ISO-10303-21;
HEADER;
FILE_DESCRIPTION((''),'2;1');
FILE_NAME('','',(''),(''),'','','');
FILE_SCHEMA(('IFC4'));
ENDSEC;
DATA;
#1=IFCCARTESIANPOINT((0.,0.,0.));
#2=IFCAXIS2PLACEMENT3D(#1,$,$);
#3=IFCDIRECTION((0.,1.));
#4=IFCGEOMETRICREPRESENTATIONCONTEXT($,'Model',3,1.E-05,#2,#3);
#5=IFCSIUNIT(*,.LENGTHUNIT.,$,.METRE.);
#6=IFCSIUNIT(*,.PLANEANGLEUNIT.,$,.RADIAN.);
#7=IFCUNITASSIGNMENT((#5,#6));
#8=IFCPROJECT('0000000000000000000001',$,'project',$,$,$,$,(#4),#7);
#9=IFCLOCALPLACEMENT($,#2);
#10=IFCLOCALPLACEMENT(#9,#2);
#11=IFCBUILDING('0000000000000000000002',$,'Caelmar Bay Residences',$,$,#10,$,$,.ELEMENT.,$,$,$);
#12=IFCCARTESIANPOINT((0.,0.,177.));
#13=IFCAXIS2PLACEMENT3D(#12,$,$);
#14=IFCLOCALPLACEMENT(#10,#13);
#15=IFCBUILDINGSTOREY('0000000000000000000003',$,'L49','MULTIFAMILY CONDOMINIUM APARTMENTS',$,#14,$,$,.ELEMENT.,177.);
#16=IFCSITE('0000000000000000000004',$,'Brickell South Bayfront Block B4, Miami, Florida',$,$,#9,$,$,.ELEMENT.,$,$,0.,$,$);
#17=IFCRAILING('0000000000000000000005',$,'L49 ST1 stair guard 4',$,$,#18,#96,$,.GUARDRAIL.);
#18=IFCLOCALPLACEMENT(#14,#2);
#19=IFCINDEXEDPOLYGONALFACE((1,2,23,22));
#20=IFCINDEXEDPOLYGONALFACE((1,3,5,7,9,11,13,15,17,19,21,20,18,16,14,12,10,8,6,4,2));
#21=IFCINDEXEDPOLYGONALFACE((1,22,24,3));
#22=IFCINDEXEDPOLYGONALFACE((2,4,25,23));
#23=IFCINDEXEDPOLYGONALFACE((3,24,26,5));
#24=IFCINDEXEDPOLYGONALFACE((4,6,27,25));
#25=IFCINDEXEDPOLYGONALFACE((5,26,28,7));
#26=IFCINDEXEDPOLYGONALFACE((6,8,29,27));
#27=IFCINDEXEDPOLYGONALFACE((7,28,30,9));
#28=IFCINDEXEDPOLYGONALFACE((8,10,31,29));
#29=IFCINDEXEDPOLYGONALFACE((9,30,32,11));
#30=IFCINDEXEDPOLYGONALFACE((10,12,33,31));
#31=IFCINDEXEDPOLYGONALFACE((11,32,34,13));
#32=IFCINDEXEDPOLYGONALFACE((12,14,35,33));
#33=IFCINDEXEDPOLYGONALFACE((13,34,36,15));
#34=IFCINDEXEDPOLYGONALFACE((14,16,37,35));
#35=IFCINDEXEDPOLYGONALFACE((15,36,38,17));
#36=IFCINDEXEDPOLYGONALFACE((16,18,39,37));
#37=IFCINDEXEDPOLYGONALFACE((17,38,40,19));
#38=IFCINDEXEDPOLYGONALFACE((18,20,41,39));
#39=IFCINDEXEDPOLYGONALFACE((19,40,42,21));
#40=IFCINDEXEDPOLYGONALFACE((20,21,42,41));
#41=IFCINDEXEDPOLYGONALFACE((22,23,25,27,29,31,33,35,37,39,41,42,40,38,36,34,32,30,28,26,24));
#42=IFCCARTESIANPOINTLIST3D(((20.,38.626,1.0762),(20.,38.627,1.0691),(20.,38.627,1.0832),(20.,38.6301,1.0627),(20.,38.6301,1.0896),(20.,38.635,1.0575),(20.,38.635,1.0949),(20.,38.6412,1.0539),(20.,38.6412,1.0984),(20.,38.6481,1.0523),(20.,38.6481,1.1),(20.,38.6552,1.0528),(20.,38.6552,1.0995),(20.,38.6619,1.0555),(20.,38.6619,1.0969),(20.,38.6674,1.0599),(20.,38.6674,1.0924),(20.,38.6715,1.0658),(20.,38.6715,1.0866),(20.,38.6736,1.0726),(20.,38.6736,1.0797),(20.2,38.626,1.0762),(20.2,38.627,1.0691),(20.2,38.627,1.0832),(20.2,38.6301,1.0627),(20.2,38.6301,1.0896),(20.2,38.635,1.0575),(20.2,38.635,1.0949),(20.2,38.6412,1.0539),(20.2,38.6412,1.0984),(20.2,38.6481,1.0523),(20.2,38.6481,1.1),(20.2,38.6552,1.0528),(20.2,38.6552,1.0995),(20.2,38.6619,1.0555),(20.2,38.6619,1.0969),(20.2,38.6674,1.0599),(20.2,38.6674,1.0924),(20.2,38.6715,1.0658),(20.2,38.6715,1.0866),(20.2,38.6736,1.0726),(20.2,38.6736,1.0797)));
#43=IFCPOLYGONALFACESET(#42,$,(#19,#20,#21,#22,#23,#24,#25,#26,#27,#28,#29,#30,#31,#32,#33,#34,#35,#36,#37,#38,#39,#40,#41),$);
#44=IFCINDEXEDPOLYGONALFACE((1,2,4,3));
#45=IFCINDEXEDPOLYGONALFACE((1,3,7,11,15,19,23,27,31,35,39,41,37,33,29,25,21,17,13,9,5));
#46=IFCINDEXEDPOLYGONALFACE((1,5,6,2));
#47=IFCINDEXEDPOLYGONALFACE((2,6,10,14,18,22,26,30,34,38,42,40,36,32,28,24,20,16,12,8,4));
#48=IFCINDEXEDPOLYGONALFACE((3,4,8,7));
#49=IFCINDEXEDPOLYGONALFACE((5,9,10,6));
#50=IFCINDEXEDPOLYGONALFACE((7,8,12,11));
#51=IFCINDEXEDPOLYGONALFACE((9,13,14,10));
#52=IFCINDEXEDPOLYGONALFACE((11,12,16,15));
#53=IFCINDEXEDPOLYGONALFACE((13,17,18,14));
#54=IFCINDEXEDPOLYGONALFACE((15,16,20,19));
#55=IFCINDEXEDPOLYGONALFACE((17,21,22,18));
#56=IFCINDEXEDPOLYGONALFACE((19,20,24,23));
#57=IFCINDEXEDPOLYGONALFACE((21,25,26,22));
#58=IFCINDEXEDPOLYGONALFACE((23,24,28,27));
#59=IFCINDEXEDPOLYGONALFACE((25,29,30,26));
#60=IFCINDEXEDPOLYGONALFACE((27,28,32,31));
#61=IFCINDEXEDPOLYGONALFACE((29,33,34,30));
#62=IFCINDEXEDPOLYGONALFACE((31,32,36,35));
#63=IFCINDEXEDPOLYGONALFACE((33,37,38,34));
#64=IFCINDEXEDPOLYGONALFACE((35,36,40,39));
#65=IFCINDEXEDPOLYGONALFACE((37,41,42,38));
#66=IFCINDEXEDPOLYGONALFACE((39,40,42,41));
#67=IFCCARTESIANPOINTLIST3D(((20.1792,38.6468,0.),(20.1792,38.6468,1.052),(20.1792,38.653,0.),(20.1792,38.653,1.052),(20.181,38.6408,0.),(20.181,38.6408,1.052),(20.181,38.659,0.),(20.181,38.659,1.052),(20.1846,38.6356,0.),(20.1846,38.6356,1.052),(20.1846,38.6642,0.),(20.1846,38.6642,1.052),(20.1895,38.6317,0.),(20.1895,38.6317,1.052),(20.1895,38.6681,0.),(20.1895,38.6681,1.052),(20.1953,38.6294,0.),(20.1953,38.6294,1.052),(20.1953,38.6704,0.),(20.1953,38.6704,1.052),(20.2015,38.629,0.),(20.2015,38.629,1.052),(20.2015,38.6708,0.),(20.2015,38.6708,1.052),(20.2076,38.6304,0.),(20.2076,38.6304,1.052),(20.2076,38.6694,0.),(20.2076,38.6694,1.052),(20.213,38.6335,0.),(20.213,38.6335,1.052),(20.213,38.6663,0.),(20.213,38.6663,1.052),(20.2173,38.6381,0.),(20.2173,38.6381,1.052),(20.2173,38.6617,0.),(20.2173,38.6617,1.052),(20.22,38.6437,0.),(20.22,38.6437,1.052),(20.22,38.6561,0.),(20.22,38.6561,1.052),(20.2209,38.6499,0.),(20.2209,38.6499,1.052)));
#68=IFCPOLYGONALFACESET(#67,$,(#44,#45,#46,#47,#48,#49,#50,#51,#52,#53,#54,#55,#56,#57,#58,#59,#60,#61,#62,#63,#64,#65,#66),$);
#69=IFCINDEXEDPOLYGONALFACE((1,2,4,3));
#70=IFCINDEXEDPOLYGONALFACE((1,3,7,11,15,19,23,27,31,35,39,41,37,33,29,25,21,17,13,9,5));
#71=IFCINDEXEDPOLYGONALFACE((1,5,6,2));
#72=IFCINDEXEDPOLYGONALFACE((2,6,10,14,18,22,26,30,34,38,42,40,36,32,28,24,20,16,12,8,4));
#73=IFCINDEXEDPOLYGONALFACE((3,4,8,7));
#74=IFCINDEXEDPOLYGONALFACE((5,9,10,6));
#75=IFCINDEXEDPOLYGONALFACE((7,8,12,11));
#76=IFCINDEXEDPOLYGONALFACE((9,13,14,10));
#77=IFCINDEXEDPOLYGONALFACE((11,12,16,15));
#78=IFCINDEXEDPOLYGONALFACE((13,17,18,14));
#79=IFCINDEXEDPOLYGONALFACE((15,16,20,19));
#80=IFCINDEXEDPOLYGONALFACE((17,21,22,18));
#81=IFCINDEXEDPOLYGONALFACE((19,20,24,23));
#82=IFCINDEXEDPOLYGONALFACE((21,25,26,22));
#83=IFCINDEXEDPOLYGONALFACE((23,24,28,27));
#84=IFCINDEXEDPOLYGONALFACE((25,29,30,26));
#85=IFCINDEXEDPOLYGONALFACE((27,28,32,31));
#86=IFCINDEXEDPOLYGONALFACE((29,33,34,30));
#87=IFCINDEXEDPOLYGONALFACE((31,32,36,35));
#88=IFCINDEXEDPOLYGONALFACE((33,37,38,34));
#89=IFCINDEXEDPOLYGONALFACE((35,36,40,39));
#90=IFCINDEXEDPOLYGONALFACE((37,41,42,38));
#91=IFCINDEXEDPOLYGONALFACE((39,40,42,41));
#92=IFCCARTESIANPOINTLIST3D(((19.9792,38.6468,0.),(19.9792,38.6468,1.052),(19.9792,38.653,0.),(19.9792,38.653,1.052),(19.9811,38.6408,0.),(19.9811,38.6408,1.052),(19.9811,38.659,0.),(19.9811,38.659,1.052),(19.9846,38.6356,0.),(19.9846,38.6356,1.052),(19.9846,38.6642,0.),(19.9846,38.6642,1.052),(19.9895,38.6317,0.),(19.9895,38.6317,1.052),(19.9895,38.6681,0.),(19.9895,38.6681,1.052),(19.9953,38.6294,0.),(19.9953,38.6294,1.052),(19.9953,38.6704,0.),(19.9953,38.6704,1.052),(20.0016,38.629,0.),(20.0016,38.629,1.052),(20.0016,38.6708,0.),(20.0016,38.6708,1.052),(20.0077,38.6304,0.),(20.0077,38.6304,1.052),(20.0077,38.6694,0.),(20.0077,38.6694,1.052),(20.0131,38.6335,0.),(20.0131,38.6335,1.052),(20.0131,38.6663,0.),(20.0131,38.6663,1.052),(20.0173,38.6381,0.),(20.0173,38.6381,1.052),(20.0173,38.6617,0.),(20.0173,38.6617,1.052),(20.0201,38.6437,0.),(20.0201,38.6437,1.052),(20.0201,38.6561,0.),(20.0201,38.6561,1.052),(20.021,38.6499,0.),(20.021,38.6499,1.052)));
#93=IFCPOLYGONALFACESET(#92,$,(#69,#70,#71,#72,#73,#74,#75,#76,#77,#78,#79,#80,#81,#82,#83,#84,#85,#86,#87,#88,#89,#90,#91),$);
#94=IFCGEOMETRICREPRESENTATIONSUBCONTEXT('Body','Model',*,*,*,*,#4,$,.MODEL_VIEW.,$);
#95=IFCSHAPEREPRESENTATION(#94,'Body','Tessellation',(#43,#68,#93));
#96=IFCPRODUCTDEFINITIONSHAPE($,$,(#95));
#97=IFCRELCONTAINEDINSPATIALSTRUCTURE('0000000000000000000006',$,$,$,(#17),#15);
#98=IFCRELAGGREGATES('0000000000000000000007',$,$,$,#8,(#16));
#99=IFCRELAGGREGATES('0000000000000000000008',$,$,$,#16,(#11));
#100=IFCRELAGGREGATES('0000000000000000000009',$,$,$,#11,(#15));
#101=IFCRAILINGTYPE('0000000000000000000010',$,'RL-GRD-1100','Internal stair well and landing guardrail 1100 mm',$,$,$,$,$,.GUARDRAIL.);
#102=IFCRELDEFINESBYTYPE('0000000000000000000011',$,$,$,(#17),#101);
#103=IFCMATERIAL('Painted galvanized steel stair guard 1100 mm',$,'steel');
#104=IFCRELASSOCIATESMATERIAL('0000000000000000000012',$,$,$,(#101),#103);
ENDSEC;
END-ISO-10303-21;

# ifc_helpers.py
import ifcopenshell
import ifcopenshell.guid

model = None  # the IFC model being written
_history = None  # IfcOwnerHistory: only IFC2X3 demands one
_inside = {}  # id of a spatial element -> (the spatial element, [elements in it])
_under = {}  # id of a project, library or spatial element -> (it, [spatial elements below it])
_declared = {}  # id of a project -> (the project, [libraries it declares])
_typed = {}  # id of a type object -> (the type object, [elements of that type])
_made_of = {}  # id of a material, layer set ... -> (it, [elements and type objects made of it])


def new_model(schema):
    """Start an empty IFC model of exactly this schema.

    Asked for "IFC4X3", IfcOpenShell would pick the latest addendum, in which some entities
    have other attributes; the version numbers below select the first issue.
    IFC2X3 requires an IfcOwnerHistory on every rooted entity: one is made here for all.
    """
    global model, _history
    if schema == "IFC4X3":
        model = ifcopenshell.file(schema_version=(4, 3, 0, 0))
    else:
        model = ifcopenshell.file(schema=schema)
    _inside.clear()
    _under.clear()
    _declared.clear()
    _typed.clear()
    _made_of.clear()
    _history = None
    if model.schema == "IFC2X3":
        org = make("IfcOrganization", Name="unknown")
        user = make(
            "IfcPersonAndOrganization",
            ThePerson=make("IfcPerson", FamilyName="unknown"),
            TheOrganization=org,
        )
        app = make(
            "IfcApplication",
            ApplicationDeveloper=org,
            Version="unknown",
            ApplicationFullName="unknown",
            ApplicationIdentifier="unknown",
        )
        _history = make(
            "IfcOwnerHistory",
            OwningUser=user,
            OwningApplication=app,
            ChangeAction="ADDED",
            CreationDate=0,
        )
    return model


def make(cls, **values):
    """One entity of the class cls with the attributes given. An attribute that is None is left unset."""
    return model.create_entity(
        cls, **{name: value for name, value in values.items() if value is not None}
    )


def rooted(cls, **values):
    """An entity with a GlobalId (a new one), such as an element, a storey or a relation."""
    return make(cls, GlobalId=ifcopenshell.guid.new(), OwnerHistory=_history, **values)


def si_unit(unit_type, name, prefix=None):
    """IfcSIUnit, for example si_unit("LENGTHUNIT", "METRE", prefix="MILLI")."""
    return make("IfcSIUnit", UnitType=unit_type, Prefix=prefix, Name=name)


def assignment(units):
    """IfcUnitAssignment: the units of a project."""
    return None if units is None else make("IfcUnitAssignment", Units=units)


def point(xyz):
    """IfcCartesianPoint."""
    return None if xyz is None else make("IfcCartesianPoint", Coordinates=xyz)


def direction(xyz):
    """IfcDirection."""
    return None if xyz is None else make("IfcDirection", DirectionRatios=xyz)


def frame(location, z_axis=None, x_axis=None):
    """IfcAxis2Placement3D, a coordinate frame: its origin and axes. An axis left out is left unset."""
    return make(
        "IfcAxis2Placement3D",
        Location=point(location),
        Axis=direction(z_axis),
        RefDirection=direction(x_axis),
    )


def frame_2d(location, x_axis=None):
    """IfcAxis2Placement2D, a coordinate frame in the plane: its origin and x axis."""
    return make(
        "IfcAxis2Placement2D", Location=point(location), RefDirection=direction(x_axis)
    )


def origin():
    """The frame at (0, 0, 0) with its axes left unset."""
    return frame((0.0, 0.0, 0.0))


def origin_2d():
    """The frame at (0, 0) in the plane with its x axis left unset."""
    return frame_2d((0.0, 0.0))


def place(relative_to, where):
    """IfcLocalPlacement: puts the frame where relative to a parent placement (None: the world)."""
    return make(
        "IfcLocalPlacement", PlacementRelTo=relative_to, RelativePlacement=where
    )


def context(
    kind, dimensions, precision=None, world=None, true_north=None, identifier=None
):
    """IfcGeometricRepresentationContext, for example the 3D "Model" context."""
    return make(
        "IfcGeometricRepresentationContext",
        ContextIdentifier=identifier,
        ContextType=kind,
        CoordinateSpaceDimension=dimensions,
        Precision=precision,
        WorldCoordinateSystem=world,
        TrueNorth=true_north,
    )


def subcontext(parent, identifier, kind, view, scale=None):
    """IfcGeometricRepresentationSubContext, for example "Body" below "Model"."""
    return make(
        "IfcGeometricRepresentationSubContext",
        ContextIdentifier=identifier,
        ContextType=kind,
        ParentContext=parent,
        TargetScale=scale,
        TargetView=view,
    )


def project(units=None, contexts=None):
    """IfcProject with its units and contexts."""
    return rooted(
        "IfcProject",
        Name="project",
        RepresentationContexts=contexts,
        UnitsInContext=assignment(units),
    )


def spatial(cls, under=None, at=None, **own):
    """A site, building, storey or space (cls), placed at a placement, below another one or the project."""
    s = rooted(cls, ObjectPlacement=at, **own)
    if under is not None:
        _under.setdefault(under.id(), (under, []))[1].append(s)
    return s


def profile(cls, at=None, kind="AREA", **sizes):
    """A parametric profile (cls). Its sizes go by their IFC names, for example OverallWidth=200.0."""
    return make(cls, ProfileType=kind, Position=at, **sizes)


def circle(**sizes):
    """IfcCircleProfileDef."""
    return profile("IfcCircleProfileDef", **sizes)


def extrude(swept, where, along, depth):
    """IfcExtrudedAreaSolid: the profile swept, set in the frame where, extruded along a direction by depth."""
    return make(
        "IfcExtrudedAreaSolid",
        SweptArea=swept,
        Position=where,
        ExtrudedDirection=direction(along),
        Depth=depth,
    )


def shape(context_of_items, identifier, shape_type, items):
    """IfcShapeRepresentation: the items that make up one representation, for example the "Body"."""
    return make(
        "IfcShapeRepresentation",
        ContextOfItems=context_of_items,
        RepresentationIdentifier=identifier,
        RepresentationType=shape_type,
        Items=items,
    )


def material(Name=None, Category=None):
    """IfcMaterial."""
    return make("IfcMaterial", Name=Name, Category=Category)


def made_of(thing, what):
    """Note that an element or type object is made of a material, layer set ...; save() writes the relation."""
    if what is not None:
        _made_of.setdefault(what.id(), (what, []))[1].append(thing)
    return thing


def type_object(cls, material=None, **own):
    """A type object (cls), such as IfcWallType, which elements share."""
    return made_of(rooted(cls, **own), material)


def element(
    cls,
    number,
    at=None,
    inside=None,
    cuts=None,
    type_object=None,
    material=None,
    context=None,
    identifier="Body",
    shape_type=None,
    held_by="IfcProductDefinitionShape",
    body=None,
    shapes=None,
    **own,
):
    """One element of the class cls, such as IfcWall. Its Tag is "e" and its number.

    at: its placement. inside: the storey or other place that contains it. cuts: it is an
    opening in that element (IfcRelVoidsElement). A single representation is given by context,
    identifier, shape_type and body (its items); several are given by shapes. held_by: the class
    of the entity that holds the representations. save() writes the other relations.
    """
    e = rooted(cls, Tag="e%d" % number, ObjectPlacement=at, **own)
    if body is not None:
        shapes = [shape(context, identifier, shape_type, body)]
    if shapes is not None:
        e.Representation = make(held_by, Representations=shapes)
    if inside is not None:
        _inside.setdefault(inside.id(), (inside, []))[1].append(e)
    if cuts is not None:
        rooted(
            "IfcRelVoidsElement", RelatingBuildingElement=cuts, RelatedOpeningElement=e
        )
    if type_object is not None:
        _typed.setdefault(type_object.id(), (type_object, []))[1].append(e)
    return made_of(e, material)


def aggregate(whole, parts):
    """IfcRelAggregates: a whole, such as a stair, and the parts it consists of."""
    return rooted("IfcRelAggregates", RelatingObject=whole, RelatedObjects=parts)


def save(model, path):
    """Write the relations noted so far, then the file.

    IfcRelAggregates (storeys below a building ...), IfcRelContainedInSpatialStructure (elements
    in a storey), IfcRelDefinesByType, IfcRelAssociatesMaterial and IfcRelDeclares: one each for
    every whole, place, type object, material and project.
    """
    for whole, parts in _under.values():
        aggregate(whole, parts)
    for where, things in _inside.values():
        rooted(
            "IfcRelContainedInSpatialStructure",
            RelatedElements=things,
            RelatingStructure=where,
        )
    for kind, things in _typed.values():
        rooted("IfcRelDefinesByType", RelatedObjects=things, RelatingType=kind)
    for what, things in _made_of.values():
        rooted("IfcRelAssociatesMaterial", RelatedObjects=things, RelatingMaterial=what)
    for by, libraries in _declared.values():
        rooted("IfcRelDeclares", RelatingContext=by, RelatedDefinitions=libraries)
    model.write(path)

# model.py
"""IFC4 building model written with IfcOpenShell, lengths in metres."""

from ifc_helpers import new_model, si_unit, direction, frame, origin, origin_2d, place, context, subcontext, project, spatial, circle, extrude, material, type_object, element, save


model = new_model("IFC4")

# Units and contexts
model_context = context("Model", 3, precision=1e-05, world=origin(), true_north=direction((0.0, 1.0)))
body_context = subcontext(model_context, "Body", "Model", "MODEL_VIEW")
ifc_project = project(units=[si_unit("LENGTHUNIT", "METRE"), si_unit("PLANEANGLEUNIT", "RADIAN")], contexts=[model_context])

# Site, building, storey
site_placement = place(None, origin())
site = spatial("IfcSite", under=ifc_project, at=site_placement, Name="Brickell South Bayfront Block B4, Miami, Florida", CompositionType="ELEMENT", RefElevation=0.0)
building_placement = place(site_placement, origin())
building = spatial("IfcBuilding", under=site, at=building_placement, Name="Caelmar Bay Residences", CompositionType="ELEMENT")
storey_placement = place(building_placement, frame((0.0, 0.0, 177.0)))
storey = spatial("IfcBuildingStorey", under=building, at=storey_placement, Name="L49", Description="MULTIFAMILY CONDOMINIUM APARTMENTS", CompositionType="ELEMENT", Elevation=177.0)

# Railing
ifc_material_1 = material(Name="Painted galvanized steel stair guard 1100 mm", Category="steel")
railing_type_1 = type_object("IfcRailingType", Name="RL-GRD-1100", Description="Internal stair well and landing guardrail 1100 mm", PredefinedType="GUARDRAIL", material=ifc_material_1)
railing_1_placement = place(storey_placement, frame((20.2, 38.6499, 0.0)))
element("IfcRailing", 1, at=railing_1_placement, inside=storey, type_object=railing_type_1, Name="L49 ST1 stair guard 4", PredefinedType="GUARDRAIL", context=body_context, shape_type="SweptSolid", body=[
    extrude(circle(Radius=0.0239, at=origin_2d()), frame((0.0, 0.0, 1.0762), z_axis=(-1.0, 0.0, 0.0), x_axis=(0.0, -1.0, 0.0)), (0.0, 0.0, 1.0), 0.2),
    extrude(circle(Radius=0.021, at=origin_2d()), origin(), (0.0, 0.0, 1.0), 1.052),
    extrude(circle(Radius=0.021, at=origin_2d()), frame((-0.2, 0.0, 0.0)), (0.0, 0.0, 1.0), 1.052),
])

save(model, "model.ifc")
